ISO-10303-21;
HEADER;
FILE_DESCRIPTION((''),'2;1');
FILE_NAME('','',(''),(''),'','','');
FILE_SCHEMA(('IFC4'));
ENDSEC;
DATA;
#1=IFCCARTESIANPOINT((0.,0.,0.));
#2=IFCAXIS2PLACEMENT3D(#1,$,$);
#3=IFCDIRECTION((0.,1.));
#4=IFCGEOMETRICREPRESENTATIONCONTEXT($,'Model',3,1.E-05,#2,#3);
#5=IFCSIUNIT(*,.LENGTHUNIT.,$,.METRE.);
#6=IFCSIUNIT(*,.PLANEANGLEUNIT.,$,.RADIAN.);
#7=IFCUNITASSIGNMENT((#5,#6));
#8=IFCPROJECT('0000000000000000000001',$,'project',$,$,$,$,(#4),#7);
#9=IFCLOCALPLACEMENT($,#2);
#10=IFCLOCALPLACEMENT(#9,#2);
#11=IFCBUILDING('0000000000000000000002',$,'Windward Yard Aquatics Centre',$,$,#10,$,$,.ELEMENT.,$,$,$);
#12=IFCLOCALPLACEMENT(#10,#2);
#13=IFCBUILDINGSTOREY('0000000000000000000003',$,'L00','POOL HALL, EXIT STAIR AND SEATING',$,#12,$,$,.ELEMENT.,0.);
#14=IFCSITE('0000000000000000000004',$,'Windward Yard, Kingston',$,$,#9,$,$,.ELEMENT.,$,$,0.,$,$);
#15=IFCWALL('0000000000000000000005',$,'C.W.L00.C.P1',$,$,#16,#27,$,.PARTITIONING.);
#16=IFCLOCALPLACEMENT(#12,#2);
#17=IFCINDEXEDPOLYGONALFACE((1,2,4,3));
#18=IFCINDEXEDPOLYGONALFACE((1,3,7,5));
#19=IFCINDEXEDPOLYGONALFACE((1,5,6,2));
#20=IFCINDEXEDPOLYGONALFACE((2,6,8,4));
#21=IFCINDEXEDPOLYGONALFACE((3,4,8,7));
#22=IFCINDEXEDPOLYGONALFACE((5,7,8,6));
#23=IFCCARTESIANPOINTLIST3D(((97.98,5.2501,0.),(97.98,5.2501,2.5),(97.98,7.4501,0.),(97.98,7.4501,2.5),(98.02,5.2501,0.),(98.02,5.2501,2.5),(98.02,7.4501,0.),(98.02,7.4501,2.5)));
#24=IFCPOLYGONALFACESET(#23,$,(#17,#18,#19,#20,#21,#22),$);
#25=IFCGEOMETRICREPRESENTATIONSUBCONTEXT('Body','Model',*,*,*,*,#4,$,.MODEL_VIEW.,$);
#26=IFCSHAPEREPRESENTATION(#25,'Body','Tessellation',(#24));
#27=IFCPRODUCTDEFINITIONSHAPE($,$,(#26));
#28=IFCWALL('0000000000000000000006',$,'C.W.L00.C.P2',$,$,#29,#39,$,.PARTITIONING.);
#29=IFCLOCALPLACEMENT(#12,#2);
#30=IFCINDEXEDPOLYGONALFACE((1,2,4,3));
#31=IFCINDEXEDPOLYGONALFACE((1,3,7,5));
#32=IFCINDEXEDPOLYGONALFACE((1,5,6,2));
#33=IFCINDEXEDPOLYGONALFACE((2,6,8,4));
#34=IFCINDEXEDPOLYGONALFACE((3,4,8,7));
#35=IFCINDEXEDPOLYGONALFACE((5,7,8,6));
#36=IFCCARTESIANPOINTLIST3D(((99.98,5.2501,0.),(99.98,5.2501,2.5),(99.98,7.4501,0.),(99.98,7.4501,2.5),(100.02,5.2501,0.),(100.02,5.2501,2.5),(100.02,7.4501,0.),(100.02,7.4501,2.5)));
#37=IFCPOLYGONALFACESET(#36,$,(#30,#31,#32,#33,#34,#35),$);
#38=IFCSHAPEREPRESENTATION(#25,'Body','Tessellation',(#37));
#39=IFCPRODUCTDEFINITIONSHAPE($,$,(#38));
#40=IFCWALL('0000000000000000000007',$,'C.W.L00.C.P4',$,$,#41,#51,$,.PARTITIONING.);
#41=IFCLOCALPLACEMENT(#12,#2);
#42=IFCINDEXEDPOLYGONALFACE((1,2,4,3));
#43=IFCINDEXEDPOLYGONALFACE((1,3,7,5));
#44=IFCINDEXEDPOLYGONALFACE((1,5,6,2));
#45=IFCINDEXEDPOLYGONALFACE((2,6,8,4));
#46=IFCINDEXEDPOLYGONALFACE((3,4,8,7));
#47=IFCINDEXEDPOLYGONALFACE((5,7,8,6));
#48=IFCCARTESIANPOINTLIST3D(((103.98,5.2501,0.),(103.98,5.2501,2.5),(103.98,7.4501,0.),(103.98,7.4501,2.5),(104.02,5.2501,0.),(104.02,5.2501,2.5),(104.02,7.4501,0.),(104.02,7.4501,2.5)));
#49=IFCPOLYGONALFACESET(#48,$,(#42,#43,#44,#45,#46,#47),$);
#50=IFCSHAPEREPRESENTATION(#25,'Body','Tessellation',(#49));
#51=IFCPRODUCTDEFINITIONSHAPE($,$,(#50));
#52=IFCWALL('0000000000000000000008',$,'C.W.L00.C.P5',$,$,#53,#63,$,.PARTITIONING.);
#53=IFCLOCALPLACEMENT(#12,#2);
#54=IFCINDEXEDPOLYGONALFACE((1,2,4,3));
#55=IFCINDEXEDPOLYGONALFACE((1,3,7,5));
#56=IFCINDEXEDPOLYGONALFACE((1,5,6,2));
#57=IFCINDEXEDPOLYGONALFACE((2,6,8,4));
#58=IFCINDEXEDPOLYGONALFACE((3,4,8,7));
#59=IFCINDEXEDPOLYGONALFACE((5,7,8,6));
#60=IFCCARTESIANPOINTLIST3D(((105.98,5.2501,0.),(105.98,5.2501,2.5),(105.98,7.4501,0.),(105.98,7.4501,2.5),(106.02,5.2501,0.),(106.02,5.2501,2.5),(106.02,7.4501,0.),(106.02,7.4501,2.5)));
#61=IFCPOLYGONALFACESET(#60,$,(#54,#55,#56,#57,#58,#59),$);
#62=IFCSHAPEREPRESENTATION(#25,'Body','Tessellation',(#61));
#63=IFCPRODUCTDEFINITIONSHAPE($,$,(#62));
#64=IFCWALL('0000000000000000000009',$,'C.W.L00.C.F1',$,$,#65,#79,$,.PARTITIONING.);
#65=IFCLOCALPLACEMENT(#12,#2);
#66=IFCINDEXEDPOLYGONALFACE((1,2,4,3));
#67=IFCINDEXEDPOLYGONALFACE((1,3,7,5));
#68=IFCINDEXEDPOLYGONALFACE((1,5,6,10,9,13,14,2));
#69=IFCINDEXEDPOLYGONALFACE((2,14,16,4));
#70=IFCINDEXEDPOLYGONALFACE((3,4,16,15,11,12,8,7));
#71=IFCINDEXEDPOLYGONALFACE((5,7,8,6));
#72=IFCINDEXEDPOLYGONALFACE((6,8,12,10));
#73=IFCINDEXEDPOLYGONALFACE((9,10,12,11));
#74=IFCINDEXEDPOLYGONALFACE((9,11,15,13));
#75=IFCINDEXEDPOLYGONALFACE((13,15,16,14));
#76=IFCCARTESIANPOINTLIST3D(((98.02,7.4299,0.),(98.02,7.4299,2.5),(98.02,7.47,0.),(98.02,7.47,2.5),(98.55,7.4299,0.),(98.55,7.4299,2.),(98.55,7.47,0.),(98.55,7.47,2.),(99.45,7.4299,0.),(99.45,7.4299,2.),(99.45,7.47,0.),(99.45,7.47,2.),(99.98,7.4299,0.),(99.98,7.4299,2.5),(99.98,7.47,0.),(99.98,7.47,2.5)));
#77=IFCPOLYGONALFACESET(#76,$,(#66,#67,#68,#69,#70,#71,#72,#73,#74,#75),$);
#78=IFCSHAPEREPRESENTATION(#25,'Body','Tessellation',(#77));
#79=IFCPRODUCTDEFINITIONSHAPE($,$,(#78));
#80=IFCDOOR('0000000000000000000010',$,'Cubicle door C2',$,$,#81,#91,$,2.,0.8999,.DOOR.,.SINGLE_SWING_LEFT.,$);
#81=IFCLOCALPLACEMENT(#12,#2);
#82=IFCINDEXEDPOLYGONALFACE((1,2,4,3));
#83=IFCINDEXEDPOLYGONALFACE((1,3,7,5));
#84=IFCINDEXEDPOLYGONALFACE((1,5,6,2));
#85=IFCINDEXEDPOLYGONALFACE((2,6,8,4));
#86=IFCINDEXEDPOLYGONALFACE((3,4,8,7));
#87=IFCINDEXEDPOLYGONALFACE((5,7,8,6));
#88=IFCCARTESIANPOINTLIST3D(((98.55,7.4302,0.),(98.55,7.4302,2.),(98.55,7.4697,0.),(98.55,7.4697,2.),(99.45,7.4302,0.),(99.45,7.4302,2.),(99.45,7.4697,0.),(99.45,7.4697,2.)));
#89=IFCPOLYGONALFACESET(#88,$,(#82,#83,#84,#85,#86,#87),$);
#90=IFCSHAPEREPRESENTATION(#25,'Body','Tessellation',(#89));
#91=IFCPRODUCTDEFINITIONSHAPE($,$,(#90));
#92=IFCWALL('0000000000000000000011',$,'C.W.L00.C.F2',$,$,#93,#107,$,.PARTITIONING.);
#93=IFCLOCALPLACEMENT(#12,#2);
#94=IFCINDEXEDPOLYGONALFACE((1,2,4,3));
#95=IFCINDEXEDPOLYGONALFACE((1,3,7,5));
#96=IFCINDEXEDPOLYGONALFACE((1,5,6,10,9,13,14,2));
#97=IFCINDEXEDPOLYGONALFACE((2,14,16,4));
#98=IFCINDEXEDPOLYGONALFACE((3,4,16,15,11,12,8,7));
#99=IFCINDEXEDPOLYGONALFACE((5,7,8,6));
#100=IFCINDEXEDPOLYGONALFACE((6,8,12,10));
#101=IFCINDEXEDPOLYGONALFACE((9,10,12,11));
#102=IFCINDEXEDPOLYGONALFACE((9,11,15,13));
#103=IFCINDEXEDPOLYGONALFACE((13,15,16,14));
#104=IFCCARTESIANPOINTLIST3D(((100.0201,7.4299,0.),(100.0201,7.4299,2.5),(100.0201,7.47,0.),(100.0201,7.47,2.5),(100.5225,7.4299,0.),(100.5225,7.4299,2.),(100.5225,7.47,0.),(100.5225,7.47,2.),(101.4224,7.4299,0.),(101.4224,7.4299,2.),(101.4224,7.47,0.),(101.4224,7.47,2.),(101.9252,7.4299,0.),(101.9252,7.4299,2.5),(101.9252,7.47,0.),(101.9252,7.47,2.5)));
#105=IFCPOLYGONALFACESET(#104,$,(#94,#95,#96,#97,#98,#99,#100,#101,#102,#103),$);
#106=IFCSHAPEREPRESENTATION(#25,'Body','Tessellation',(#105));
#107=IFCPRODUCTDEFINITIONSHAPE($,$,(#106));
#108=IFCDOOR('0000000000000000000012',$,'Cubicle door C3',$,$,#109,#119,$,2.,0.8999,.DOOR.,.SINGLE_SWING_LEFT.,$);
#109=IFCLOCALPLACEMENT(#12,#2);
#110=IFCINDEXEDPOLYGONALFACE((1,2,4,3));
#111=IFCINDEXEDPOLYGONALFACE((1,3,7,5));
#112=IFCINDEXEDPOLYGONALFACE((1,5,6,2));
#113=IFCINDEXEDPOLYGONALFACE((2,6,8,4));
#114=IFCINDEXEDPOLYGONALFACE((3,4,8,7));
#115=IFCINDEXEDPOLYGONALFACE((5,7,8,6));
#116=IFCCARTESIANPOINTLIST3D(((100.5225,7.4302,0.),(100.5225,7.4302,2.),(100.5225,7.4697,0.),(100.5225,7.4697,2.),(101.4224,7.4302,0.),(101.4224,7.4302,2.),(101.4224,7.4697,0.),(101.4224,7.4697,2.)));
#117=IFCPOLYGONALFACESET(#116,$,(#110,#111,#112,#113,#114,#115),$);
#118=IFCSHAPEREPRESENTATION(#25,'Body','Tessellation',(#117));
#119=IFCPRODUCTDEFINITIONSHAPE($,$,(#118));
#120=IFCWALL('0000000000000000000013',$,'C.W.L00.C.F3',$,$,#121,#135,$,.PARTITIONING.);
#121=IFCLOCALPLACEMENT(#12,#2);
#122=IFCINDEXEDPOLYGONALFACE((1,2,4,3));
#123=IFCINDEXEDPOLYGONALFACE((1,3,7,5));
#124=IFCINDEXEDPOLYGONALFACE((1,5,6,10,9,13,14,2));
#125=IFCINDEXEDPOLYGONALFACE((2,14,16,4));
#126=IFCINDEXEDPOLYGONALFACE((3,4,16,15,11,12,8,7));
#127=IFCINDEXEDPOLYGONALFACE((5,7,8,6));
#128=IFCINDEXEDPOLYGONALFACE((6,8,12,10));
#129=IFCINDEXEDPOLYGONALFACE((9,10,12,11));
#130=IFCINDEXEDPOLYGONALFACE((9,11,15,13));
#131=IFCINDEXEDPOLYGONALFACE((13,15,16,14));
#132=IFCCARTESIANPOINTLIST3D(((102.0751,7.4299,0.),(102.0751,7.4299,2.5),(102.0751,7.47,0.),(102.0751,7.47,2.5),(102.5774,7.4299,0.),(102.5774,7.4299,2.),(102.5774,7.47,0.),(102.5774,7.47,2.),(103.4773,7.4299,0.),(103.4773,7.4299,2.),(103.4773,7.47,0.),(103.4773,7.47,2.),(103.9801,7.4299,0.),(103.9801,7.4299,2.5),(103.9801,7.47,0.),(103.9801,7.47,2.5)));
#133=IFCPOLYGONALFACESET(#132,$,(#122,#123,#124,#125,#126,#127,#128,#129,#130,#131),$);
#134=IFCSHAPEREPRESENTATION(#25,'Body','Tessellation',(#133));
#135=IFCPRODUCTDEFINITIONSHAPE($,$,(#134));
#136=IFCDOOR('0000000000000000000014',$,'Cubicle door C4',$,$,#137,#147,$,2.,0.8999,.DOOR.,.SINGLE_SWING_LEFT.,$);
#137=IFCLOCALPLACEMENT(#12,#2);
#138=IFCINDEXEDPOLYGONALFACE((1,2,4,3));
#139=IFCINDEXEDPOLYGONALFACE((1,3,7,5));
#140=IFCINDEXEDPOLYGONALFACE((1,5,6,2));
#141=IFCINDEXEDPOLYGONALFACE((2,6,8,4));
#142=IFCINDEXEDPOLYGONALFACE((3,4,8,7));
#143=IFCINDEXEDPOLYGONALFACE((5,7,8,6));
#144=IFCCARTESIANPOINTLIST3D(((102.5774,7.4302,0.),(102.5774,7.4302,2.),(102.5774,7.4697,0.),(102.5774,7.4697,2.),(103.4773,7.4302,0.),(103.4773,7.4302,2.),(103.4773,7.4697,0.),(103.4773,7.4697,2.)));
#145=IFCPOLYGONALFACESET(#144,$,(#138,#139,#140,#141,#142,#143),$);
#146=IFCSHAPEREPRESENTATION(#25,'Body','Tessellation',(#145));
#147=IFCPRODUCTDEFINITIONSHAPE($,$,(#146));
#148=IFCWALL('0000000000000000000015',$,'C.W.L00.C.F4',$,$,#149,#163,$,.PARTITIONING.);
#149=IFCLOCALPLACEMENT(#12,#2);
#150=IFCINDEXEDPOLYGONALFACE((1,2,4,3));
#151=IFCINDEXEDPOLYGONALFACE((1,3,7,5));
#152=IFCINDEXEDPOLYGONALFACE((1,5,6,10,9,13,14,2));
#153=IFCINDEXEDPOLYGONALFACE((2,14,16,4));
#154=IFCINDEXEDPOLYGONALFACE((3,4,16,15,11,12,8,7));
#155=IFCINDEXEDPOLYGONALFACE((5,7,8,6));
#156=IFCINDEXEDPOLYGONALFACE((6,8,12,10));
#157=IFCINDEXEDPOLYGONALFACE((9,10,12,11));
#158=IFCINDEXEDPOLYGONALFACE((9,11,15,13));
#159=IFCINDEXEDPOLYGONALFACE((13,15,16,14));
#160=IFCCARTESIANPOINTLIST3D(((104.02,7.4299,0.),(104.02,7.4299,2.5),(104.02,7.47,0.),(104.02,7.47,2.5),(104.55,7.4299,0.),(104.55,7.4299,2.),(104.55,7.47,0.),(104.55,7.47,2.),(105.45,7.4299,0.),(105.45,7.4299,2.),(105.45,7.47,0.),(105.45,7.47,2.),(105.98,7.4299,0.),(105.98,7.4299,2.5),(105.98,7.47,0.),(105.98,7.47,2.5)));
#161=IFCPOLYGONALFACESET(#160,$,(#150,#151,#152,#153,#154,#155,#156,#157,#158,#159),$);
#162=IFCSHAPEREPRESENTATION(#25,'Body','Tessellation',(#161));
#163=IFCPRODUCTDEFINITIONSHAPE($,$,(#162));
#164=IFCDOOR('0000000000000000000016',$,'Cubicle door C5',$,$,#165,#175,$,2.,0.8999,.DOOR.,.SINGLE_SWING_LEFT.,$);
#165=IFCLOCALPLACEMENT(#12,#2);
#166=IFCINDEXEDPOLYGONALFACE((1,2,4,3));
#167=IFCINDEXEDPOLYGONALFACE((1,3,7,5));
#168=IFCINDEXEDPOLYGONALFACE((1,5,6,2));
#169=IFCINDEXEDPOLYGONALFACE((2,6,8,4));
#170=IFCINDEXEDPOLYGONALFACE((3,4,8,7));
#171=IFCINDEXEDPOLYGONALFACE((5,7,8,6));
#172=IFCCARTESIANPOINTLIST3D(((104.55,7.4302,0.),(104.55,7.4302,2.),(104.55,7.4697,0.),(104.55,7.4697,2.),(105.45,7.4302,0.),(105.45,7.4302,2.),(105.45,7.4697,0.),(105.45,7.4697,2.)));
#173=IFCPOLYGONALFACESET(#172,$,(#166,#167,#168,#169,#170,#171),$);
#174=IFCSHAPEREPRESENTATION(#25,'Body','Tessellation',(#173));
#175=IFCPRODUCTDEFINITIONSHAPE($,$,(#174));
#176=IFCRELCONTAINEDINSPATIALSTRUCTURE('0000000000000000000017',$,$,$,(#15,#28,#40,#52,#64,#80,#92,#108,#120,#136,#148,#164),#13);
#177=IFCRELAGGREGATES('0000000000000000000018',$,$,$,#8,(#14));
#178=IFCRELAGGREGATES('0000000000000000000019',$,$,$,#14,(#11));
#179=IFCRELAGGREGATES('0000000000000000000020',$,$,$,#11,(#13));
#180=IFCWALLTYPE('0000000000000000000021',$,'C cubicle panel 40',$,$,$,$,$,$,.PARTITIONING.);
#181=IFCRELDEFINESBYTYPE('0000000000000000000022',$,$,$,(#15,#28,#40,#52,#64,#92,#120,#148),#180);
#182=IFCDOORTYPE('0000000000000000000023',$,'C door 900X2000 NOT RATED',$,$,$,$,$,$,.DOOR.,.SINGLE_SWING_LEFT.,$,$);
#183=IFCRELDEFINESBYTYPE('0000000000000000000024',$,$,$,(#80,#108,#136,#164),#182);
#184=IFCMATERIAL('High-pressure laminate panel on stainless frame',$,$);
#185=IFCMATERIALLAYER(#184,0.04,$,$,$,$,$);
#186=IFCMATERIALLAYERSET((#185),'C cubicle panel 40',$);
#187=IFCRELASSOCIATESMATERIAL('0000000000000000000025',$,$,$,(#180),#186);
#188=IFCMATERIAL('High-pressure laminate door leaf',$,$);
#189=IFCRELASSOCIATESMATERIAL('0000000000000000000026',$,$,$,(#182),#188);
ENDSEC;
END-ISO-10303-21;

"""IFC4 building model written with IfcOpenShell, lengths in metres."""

from ifc_helpers import new_model, si_unit, direction, frame, frame_2d, origin, place, context, subcontext, project, spatial, rectangle, extrude, material, layer, layer_set, type_object, element, fill, save


model = new_model("IFC4")

# Units and contexts
model_context = context("Model", 3, precision=1e-05, world=origin(), true_north=direction((0.0, 1.0)))
body_context = subcontext(model_context, "Body", "Model", "MODEL_VIEW")
ifc_project = project(units=[si_unit("LENGTHUNIT", "METRE"), si_unit("PLANEANGLEUNIT", "RADIAN")], contexts=[model_context])

# Site, building, storey
site_placement = place(None, origin())
site = spatial("IfcSite", under=ifc_project, at=site_placement, Name="Windward Yard, Kingston", CompositionType="ELEMENT", RefElevation=0.0)
building_placement = place(site_placement, origin())
building = spatial("IfcBuilding", under=site, at=building_placement, Name="Windward Yard Aquatics Centre", CompositionType="ELEMENT")
storey_placement = place(building_placement, origin())
storey = spatial("IfcBuildingStorey", under=building, at=storey_placement, Name="L00", Description="POOL HALL, EXIT STAIR AND SEATING", CompositionType="ELEMENT", Elevation=0.0)

# Walls
ifc_material_1 = material(Name="High-pressure laminate panel on stainless frame")
ifc_layer_1 = layer(ifc_material_1, 0.04)
ifc_layer_set_1 = layer_set([ifc_layer_1], Name="C cubicle panel 40")
wall_type_1 = type_object("IfcWallType", Name="C cubicle panel 40", PredefinedType="PARTITIONING", material=ifc_layer_set_1)
for number, where, z_axis, x_axis, name in (
    (1, (98.0, 5.25, 0.0), (0.0, 0.0, 1.0), (0.0, 1.0, 0.0), "C.W.L00.C.P1"),
    (2, (100.0, 5.25, 0.0), (0.0, 0.0, 1.0), (0.0, 1.0, 0.0), "C.W.L00.C.P2"),
    (3, (104.0, 5.25, 0.0), (0.0, 0.0, 1.0), (0.0, 1.0, 0.0), "C.W.L00.C.P4"),
    (4, (106.0, 5.25, 0.0), (0.0, 0.0, 1.0), (0.0, 1.0, 0.0), "C.W.L00.C.P5"),
):
    element("IfcWall", number, at=place(storey_placement, frame(where, z_axis=z_axis, x_axis=x_axis)), inside=storey, type_object=wall_type_1, Name=name, PredefinedType="PARTITIONING", context=body_context, shape_type="SweptSolid", body=[
        extrude(rectangle(XDim=2.2, YDim=0.04, at=frame_2d((1.1001, 0.0))), origin(), (0.0, 0.0, 1.0), 2.5),
    ])

# Walls, openings, doors
wall_1_placement = place(storey_placement, frame((98.02, 7.45, 0.0), z_axis=(0.0, 0.0, 1.0), x_axis=(1.0, 0.0, 0.0)))
wall_1 = element("IfcWall", 5, at=wall_1_placement, inside=storey, type_object=wall_type_1, Name="C.W.L00.C.F1", PredefinedType="PARTITIONING", context=body_context, shape_type="SweptSolid", body=[
    extrude(rectangle(XDim=1.96, YDim=0.04, at=frame_2d((0.98, 0.0))), origin(), (0.0, 0.0, 1.0), 2.5),
])
opening_1_placement = place(wall_1_placement, frame((0.53, 0.0, 0.0)))
opening_1 = element("IfcOpeningElement", 6, at=opening_1_placement, cuts=wall_1, PredefinedType="OPENING", context=body_context, shape_type="SweptSolid", body=[
    extrude(rectangle(XDim=0.8999, YDim=2.0, at=frame_2d((0.45, 1.0))), frame((0.0, 0.03, 0.0), z_axis=(0.0, -1.0, 0.0), x_axis=(1.0, 0.0, 0.0)), (0.0, 0.0, 1.0), 0.0601),
])
ifc_material_2 = material(Name="High-pressure laminate door leaf")
door_type = type_object("IfcDoorType", Name="C door 900X2000 NOT RATED", OperationType="SINGLE_SWING_LEFT", PredefinedType="DOOR", material=ifc_material_2)
door_1_placement = place(opening_1_placement, origin())
door_1 = element("IfcDoor", 7, at=door_1_placement, inside=storey, type_object=door_type, Name="Cubicle door C2", OperationType="SINGLE_SWING_LEFT", OverallHeight=2.0, OverallWidth=0.8999, PredefinedType="DOOR", context=body_context, shape_type="SweptSolid", body=[
    extrude(rectangle(XDim=0.8999, YDim=2.0, at=frame_2d((0.45, 1.0))), frame((0.0, 0.0198, 0.0), z_axis=(0.0, -1.0, 0.0), x_axis=(1.0, 0.0, 0.0)), (0.0, 0.0, 1.0), 0.0396),
])
fill(opening_1, door_1)
wall_2_placement = place(storey_placement, frame((100.02, 7.45, 0.0), z_axis=(0.0, 0.0, 1.0), x_axis=(1.0, 0.0, 0.0)))
wall_2 = element("IfcWall", 8, at=wall_2_placement, inside=storey, type_object=wall_type_1, Name="C.W.L00.C.F2", PredefinedType="PARTITIONING", context=body_context, shape_type="SweptSolid", body=[
    extrude(rectangle(XDim=1.905, YDim=0.04, at=frame_2d((0.9526, 0.0))), origin(), (0.0, 0.0, 1.0), 2.5),
])
opening_2_placement = place(wall_2_placement, frame((0.5024, 0.0, 0.0)))
opening_2 = element("IfcOpeningElement", 9, at=opening_2_placement, cuts=wall_2, PredefinedType="OPENING", context=body_context, shape_type="SweptSolid", body=[
    extrude(rectangle(XDim=0.8999, YDim=2.0, at=frame_2d((0.45, 1.0))), frame((0.0, 0.03, 0.0), z_axis=(0.0, -1.0, 0.0), x_axis=(1.0, 0.0, 0.0)), (0.0, 0.0, 1.0), 0.0601),
])
door_2_placement = place(opening_2_placement, origin())
door_2 = element("IfcDoor", 10, at=door_2_placement, inside=storey, type_object=door_type, Name="Cubicle door C3", OperationType="SINGLE_SWING_LEFT", OverallHeight=2.0, OverallWidth=0.8999, PredefinedType="DOOR", context=body_context, shape_type="SweptSolid", body=[
    extrude(rectangle(XDim=0.8999, YDim=2.0, at=frame_2d((0.45, 1.0))), frame((0.0, 0.0198, 0.0), z_axis=(0.0, -1.0, 0.0), x_axis=(1.0, 0.0, 0.0)), (0.0, 0.0, 1.0), 0.0396),
])
fill(opening_2, door_2)
wall_3_placement = place(storey_placement, frame((102.075, 7.45, 0.0), z_axis=(0.0, 0.0, 1.0), x_axis=(1.0, 0.0, 0.0)))
wall_3 = element("IfcWall", 11, at=wall_3_placement, inside=storey, type_object=wall_type_1, Name="C.W.L00.C.F3", PredefinedType="PARTITIONING", context=body_context, shape_type="SweptSolid", body=[
    extrude(rectangle(XDim=1.905, YDim=0.04, at=frame_2d((0.9526, 0.0))), origin(), (0.0, 0.0, 1.0), 2.5),
])
opening_3_placement = place(wall_3_placement, frame((0.5024, 0.0, 0.0)))
opening_3 = element("IfcOpeningElement", 12, at=opening_3_placement, cuts=wall_3, PredefinedType="OPENING", context=body_context, shape_type="SweptSolid", body=[
    extrude(rectangle(XDim=0.8999, YDim=2.0, at=frame_2d((0.45, 1.0))), frame((0.0, 0.03, 0.0), z_axis=(0.0, -1.0, 0.0), x_axis=(1.0, 0.0, 0.0)), (0.0, 0.0, 1.0), 0.0601),
])
door_3_placement = place(opening_3_placement, origin())
door_3 = element("IfcDoor", 13, at=door_3_placement, inside=storey, type_object=door_type, Name="Cubicle door C4", OperationType="SINGLE_SWING_LEFT", OverallHeight=2.0, OverallWidth=0.8999, PredefinedType="DOOR", context=body_context, shape_type="SweptSolid", body=[
    extrude(rectangle(XDim=0.8999, YDim=2.0, at=frame_2d((0.45, 1.0))), frame((0.0, 0.0198, 0.0), z_axis=(0.0, -1.0, 0.0), x_axis=(1.0, 0.0, 0.0)), (0.0, 0.0, 1.0), 0.0396),
])
fill(opening_3, door_3)
wall_4_placement = place(storey_placement, frame((104.02, 7.45, 0.0), z_axis=(0.0, 0.0, 1.0), x_axis=(1.0, 0.0, 0.0)))
wall_4 = element("IfcWall", 14, at=wall_4_placement, inside=storey, type_object=wall_type_1, Name="C.W.L00.C.F4", PredefinedType="PARTITIONING", context=body_context, shape_type="SweptSolid", body=[
    extrude(rectangle(XDim=1.96, YDim=0.04, at=frame_2d((0.98, 0.0))), origin(), (0.0, 0.0, 1.0), 2.5),
])
opening_4_placement = place(wall_4_placement, frame((0.53, 0.0, 0.0)))
opening_4 = element("IfcOpeningElement", 15, at=opening_4_placement, cuts=wall_4, PredefinedType="OPENING", context=body_context, shape_type="SweptSolid", body=[
    extrude(rectangle(XDim=0.8999, YDim=2.0, at=frame_2d((0.45, 1.0))), frame((0.0, 0.03, 0.0), z_axis=(0.0, -1.0, 0.0), x_axis=(1.0, 0.0, 0.0)), (0.0, 0.0, 1.0), 0.0601),
])
door_4_placement = place(opening_4_placement, origin())
door_4 = element("IfcDoor", 16, at=door_4_placement, inside=storey, type_object=door_type, Name="Cubicle door C5", OperationType="SINGLE_SWING_LEFT", OverallHeight=2.0, OverallWidth=0.8999, PredefinedType="DOOR", context=body_context, shape_type="SweptSolid", body=[
    extrude(rectangle(XDim=0.8999, YDim=2.0, at=frame_2d((0.45, 1.0))), frame((0.0, 0.0198, 0.0), z_axis=(0.0, -1.0, 0.0), x_axis=(1.0, 0.0, 0.0)), (0.0, 0.0, 1.0), 0.0396),
])
fill(opening_4, door_4)

save(model, "model.ifc")
